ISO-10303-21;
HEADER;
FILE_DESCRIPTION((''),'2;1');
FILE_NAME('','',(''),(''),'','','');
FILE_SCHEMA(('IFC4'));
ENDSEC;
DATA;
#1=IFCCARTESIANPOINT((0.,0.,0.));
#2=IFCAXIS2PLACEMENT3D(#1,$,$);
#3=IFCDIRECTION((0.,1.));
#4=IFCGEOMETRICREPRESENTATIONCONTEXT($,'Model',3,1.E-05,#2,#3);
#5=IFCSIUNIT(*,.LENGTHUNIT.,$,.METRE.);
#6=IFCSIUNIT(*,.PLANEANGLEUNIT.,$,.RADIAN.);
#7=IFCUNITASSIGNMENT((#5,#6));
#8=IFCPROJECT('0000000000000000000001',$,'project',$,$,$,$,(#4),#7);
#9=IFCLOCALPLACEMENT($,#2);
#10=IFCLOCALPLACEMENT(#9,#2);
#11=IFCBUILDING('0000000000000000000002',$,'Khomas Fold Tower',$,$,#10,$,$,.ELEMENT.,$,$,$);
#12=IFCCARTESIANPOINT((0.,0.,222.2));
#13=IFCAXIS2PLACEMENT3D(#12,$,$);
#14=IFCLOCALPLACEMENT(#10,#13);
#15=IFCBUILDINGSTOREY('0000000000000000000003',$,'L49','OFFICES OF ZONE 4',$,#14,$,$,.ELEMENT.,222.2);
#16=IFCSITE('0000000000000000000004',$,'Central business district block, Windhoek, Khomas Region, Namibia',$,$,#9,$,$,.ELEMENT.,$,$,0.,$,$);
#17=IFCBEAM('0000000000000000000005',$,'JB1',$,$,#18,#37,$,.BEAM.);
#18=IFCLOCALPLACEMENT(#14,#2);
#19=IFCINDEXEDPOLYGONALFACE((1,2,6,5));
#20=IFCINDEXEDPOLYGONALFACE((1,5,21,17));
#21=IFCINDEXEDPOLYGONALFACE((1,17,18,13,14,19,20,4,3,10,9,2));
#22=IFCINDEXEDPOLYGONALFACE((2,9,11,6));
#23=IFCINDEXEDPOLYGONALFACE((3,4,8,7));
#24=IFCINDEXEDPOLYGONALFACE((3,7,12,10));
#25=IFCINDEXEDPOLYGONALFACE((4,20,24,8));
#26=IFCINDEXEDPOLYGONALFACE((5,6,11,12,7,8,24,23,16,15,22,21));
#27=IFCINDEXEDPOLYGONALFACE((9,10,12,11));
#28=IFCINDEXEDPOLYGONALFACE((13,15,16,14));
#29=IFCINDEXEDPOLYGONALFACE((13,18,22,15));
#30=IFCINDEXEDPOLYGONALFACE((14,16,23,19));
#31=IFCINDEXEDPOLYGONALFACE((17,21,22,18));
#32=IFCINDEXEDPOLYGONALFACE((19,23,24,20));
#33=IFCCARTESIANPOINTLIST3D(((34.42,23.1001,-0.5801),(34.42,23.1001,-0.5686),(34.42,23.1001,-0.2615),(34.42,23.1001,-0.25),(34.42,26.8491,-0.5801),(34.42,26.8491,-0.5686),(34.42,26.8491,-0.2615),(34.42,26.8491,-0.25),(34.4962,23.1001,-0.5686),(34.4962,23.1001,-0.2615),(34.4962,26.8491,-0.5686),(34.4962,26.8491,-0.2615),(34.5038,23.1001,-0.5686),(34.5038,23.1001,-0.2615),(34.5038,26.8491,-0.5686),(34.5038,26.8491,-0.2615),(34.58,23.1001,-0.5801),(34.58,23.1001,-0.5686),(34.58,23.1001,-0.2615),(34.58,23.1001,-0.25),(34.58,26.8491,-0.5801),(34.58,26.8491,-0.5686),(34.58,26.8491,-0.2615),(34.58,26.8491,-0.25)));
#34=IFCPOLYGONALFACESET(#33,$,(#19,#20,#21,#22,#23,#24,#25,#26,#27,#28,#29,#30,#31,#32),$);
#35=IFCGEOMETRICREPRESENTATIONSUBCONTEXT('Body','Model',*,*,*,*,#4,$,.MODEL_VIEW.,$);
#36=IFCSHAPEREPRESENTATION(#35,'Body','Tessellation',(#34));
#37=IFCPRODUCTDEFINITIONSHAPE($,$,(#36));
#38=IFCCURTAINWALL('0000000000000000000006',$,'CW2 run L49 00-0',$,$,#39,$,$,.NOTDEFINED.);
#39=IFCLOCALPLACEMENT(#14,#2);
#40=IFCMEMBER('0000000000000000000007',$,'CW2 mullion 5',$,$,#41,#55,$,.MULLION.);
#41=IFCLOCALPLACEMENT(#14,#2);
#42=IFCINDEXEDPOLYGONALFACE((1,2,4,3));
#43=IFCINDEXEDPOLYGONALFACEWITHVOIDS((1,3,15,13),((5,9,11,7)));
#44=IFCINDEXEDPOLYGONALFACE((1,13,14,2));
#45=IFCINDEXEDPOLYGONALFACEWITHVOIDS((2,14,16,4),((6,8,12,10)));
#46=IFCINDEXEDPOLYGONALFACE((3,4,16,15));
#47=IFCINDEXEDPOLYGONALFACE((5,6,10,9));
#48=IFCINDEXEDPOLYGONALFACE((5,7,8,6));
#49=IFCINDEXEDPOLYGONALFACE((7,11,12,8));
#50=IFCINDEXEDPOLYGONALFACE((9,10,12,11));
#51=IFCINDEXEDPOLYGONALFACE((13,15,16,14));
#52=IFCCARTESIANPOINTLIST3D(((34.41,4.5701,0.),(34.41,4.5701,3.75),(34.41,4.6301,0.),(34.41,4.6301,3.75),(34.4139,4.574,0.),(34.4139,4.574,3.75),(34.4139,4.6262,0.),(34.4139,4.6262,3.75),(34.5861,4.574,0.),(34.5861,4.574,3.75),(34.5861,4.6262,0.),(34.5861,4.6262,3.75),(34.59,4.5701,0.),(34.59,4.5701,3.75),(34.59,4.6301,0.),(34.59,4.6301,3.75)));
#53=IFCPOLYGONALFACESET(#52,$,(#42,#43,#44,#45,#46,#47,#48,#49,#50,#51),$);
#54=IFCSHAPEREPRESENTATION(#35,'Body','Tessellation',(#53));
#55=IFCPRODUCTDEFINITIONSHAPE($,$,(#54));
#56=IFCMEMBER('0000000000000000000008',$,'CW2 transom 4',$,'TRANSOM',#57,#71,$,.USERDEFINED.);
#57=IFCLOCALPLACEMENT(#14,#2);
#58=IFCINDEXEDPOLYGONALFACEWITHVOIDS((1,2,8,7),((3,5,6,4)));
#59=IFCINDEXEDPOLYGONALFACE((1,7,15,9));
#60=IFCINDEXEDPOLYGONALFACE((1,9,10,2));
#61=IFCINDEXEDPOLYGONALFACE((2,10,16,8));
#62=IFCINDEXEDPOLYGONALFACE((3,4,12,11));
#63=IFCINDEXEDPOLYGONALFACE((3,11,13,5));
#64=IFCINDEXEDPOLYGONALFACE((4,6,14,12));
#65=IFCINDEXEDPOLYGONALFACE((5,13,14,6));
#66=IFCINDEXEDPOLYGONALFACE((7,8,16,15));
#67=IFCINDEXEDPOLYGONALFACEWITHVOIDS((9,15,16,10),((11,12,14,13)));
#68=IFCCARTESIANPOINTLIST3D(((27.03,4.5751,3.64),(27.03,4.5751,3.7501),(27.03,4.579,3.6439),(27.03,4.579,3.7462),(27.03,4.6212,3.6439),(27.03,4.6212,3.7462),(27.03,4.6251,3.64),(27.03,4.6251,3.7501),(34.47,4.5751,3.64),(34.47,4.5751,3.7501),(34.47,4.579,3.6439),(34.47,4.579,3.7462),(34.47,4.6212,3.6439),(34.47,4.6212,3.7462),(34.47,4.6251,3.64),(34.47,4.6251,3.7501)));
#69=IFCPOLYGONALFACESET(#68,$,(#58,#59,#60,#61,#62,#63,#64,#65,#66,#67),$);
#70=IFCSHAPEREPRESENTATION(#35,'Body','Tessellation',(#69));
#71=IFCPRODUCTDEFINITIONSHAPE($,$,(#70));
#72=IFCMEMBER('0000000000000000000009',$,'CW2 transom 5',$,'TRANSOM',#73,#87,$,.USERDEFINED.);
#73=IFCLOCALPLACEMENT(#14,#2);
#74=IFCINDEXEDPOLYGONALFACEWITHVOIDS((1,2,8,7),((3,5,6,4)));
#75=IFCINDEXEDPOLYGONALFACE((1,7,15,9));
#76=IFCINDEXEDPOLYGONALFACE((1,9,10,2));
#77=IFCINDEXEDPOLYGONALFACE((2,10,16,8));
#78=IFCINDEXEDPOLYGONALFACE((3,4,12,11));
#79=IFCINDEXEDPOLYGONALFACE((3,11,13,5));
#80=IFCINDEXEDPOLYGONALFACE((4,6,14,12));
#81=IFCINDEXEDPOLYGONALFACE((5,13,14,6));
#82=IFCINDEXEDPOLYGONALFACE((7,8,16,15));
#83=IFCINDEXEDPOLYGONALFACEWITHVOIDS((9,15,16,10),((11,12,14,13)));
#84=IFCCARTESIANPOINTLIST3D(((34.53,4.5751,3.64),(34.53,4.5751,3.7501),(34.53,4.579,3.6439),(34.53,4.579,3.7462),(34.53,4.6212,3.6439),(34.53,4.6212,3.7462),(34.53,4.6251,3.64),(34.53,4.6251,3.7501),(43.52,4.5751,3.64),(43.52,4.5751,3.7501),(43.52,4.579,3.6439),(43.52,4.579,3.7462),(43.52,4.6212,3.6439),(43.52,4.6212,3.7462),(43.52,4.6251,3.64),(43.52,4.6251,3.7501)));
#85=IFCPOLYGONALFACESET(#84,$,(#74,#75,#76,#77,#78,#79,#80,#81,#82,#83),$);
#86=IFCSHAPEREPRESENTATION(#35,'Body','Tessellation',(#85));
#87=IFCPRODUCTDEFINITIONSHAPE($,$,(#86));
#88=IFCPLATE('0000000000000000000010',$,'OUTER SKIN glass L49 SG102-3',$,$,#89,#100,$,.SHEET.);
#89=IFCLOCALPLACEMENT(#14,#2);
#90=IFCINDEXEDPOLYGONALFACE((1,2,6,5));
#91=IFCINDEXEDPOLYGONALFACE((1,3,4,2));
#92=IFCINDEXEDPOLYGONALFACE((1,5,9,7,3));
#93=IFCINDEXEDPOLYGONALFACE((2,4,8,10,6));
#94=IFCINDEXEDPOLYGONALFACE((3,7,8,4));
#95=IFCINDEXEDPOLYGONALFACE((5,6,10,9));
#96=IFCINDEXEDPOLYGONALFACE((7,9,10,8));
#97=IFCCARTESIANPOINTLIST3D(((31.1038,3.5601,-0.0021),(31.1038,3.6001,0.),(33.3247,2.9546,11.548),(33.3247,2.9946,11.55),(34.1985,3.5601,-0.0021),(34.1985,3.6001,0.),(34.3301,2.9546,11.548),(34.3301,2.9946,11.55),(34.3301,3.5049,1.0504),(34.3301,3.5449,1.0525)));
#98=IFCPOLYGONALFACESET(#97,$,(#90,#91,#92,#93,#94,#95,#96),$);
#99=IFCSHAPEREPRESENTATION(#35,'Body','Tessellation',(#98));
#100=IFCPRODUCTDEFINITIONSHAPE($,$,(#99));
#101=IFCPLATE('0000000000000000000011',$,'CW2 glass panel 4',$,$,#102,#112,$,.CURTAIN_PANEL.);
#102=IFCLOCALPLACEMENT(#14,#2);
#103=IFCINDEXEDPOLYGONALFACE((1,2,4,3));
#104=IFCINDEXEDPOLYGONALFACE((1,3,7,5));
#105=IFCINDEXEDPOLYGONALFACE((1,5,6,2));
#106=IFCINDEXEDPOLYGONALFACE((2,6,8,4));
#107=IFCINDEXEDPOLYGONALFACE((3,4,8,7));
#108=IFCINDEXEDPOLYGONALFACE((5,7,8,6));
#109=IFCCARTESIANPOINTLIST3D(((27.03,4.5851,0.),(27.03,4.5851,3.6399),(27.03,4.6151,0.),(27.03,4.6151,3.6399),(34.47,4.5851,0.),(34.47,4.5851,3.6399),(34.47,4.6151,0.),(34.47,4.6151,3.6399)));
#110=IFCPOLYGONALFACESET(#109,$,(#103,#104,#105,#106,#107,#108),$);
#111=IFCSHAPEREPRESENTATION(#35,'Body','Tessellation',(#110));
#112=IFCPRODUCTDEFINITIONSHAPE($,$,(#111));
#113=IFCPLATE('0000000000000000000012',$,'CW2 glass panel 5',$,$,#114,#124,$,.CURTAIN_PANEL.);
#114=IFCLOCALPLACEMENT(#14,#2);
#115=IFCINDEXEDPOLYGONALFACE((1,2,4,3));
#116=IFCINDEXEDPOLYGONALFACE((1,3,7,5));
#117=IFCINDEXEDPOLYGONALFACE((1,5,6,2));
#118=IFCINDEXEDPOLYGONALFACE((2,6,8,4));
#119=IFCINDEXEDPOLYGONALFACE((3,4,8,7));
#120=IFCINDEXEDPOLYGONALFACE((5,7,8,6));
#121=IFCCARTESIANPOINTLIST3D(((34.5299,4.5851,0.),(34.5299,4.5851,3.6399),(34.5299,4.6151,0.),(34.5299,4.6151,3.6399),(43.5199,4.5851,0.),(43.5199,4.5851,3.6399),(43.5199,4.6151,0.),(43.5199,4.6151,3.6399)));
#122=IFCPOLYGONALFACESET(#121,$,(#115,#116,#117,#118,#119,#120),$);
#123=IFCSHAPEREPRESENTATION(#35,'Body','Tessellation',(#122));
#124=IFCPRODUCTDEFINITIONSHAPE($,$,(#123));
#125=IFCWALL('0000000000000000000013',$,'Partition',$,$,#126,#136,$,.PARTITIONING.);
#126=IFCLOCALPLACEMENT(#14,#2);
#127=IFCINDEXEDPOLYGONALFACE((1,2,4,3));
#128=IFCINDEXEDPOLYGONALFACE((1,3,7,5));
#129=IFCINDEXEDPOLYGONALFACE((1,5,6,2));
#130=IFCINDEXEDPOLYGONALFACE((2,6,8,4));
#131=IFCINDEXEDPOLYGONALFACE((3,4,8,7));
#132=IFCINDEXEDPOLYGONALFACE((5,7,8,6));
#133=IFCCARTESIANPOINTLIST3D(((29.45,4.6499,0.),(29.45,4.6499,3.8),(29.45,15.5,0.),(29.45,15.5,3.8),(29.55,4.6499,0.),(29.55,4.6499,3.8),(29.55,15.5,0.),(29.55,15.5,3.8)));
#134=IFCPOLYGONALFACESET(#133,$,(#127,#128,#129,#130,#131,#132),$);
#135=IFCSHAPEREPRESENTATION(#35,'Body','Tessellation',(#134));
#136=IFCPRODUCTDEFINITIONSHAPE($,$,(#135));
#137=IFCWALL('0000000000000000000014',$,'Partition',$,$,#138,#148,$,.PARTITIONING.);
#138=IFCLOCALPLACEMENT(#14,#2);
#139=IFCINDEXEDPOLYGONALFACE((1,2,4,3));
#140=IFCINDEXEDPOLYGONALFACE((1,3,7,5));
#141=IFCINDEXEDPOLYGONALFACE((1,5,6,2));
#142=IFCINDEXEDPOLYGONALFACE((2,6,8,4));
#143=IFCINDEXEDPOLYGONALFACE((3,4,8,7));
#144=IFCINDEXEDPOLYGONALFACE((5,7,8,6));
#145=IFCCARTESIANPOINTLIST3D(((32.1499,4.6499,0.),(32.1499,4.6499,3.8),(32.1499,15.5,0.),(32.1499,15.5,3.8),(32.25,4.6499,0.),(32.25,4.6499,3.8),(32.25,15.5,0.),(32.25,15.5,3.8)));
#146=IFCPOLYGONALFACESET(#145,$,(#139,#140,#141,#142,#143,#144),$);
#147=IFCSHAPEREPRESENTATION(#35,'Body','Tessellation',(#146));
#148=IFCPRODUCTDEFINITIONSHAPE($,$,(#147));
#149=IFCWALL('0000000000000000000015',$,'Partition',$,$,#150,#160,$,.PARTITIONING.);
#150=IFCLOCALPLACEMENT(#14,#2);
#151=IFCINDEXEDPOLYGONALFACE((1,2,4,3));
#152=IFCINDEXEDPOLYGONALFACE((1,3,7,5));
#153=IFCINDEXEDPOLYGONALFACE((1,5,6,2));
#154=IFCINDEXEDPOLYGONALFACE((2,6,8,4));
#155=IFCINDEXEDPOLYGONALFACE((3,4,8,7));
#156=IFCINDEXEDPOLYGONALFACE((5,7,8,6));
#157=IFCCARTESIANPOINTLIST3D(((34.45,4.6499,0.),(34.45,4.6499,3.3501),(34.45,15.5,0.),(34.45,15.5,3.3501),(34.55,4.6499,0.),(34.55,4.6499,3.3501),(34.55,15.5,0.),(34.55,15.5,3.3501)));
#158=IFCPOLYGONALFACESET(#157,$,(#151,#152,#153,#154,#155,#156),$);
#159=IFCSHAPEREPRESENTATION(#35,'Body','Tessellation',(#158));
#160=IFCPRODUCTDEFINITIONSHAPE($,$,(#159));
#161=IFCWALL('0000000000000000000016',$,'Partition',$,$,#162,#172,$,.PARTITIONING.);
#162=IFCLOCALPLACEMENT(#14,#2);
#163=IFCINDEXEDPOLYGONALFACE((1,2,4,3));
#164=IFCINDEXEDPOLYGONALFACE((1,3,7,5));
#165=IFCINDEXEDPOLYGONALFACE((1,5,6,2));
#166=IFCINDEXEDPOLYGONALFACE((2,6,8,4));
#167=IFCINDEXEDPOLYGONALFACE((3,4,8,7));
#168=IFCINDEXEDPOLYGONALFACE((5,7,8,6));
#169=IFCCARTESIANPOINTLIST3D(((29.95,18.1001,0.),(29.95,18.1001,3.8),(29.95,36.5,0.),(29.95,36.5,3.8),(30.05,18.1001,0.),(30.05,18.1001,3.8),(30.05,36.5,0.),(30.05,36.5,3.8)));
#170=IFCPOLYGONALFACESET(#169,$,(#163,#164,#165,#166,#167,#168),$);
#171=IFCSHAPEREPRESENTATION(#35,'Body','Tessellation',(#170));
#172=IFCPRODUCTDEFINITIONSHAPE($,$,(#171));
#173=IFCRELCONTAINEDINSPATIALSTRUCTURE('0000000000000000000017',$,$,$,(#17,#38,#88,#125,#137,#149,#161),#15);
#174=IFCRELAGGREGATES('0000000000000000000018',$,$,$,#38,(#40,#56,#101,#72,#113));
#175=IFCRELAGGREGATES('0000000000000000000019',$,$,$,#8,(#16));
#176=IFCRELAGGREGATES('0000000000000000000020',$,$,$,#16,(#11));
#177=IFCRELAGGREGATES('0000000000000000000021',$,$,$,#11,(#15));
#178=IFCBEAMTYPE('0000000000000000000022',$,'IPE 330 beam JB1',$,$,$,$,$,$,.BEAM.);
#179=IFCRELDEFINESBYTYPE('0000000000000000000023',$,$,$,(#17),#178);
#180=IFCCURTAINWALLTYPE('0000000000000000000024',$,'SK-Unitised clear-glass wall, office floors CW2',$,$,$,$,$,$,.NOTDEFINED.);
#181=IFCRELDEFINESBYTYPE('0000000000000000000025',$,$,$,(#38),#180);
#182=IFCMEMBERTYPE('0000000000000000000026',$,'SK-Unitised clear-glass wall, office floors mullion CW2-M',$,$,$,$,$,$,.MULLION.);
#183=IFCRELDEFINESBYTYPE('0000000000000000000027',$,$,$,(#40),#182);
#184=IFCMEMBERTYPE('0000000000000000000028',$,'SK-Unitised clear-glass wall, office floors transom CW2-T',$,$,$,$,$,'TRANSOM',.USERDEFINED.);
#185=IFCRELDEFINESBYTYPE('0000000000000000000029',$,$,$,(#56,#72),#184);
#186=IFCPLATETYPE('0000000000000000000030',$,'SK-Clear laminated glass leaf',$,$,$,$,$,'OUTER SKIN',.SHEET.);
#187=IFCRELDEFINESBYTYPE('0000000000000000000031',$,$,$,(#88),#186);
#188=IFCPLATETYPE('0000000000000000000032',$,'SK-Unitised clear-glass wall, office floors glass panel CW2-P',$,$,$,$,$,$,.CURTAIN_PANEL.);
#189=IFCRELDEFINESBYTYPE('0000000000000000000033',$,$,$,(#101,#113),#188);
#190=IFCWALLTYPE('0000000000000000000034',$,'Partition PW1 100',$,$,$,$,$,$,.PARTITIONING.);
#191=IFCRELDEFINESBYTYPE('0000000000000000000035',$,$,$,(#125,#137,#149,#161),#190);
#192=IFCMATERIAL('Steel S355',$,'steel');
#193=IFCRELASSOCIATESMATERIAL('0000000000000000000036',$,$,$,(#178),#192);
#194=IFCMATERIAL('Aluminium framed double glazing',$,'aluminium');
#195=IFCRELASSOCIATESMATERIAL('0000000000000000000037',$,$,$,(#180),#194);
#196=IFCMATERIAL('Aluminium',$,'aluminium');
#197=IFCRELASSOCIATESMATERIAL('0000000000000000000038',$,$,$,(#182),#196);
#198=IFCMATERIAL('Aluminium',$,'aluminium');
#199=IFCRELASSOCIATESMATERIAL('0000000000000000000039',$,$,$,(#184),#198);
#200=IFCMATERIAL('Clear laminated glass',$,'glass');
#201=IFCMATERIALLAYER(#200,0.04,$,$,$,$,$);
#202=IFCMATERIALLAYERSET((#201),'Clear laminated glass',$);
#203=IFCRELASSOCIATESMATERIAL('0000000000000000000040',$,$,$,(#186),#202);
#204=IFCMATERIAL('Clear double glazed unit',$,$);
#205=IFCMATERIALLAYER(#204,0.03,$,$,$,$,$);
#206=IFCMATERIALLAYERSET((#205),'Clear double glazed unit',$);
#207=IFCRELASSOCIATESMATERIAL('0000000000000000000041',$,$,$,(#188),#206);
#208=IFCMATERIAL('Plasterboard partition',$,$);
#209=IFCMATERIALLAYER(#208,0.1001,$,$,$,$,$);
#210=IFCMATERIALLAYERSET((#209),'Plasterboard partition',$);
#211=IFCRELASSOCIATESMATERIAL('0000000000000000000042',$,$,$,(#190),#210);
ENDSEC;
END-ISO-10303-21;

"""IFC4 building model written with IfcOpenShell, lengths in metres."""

from ifc_helpers import new_model, si_unit, direction, frame, frame_2d, origin, origin_2d, place, context, subcontext, project, spatial, polyline, rectangle, hollow_rectangle, i_section, outline, extrude, source, transform, mapped, material, layer, layer_set, material_profile, profile_set, type_object, element, aggregate, save


model = new_model("IFC4")

# Units and contexts
model_context = context("Model", 3, precision=1e-05, world=origin(), true_north=direction((0.0, 1.0)))
body_context = subcontext(model_context, "Body", "Model", "MODEL_VIEW")
ifc_project = project(units=[si_unit("LENGTHUNIT", "METRE"), si_unit("PLANEANGLEUNIT", "RADIAN")], contexts=[model_context])

# Site, building, storey
site_placement = place(None, origin())
site = spatial("IfcSite", under=ifc_project, at=site_placement, Name="Central business district block, Windhoek, Khomas Region, Namibia", CompositionType="ELEMENT", RefElevation=0.0)
building_placement = place(site_placement, origin())
building = spatial("IfcBuilding", under=site, at=building_placement, Name="Khomas Fold Tower", CompositionType="ELEMENT")
storey_placement = place(building_placement, frame((0.0, 0.0, 222.2)))
storey = spatial("IfcBuildingStorey", under=building, at=storey_placement, Name="L49", Description="OFFICES OF ZONE 4", CompositionType="ELEMENT", Elevation=222.2)

# Beam
ifc_material_1 = material(Name="Steel S355", Category="steel")
ifc_material_profile_1 = material_profile(ifc_material_1, i_section(OverallWidth=0.1599, OverallDepth=0.3301, WebThickness=0.0076, FlangeThickness=0.0115, at=origin_2d()), Name="IPE 330")
ifc_profile_set_1 = profile_set([ifc_material_profile_1], Name="Steel S355")
beam_type_1 = type_object("IfcBeamType", Name="IPE 330 beam JB1", PredefinedType="BEAM", material=ifc_profile_set_1)
shared_shape_1 = source(origin(), body_context, "Body", "SweptSolid", [
    extrude(i_section(OverallWidth=0.1599, OverallDepth=0.3301, WebThickness=0.0076, FlangeThickness=0.0115, at=origin_2d()), origin(), (0.0, 0.0, 1.0), 3.749),
])
beam_1_placement = place(storey_placement, frame((34.5, 23.1001, -0.415), z_axis=(0.0, 1.0, 0.0), x_axis=(-1.0, 0.0, 0.0)))
element("IfcBeam", 1, at=beam_1_placement, inside=storey, type_object=beam_type_1, Name="JB1", PredefinedType="BEAM", context=body_context, shape_type="MappedRepresentation", body=[
    mapped(shared_shape_1, transform((0.0, 0.0, 0.0))),
])

# Curtain wall, members
ifc_material_2 = material(Name="Aluminium framed double glazing", Category="aluminium")
curtain_wall_type = type_object("IfcCurtainWallType", Name="SK-Unitised clear-glass wall, office floors CW2", PredefinedType="NOTDEFINED", material=ifc_material_2)
curtain_wall_placement = place(storey_placement, origin())
curtain_wall = element("IfcCurtainWall", 2, at=curtain_wall_placement, inside=storey, type_object=curtain_wall_type, Name="CW2 run L49 00-0", PredefinedType="NOTDEFINED")
ifc_material_3 = material(Name="Aluminium", Category="aluminium")
ifc_material_profile_2 = material_profile(ifc_material_3, hollow_rectangle(XDim=0.0601, YDim=0.1799, WallThickness=0.0039, at=origin_2d()), Name="SK-Unitised clear-glass wall, office floors mullion CW2-M")
ifc_profile_set_2 = profile_set([ifc_material_profile_2], Name="Aluminium")
member_type_1 = type_object("IfcMemberType", Name="SK-Unitised clear-glass wall, office floors mullion CW2-M", PredefinedType="MULLION", material=ifc_profile_set_2)
shared_shape_2 = source(origin(), body_context, "Body", "SweptSolid", [
    extrude(hollow_rectangle(XDim=0.0601, YDim=0.1799, WallThickness=0.0039, at=origin_2d()), origin(), (0.0, 0.0, 1.0), 3.75),
])
member_1_placement = place(storey_placement, frame((34.5, 4.6001, 0.0), z_axis=(0.0, 0.0, 1.0), x_axis=(0.0, 1.0, 0.0)))
member_1 = element("IfcMember", 3, at=member_1_placement, type_object=member_type_1, Name="CW2 mullion 5", PredefinedType="MULLION", context=body_context, shape_type="MappedRepresentation", body=[
    mapped(shared_shape_2, transform((0.0, 0.0, 0.0))),
])
ifc_material_4 = material(Name="Aluminium", Category="aluminium")
ifc_material_profile_3 = material_profile(ifc_material_4, hollow_rectangle(XDim=0.05, YDim=0.1101, WallThickness=0.0039, at=origin_2d()), Name="SK-Unitised clear-glass wall, office floors transom CW2-T")
ifc_profile_set_3 = profile_set([ifc_material_profile_3], Name="Aluminium")
member_type_2 = type_object("IfcMemberType", Name="SK-Unitised clear-glass wall, office floors transom CW2-T", ElementType="TRANSOM", PredefinedType="USERDEFINED", material=ifc_profile_set_3)
shared_shape_3 = source(origin(), body_context, "Body", "SweptSolid", [
    extrude(hollow_rectangle(XDim=0.05, YDim=0.1101, WallThickness=0.0039, at=origin_2d()), origin(), (0.0, 0.0, 1.0), 7.4399),
])
member_2_placement = place(storey_placement, frame((27.03, 4.6001, 3.6951), z_axis=(1.0, 0.0, 0.0), x_axis=(0.0, 1.0, 0.0)))
member_2 = element("IfcMember", 4, at=member_2_placement, type_object=member_type_2, Name="CW2 transom 4", ObjectType="TRANSOM", PredefinedType="USERDEFINED", context=body_context, shape_type="MappedRepresentation", body=[
    mapped(shared_shape_3, transform((0.0, 0.0, 0.0))),
])
shared_shape_4 = source(origin(), body_context, "Body", "SweptSolid", [
    extrude(hollow_rectangle(XDim=0.05, YDim=0.1101, WallThickness=0.0039, at=origin_2d()), origin(), (0.0, 0.0, 1.0), 8.99),
])
member_3_placement = place(storey_placement, frame((34.53, 4.6001, 3.6951), z_axis=(1.0, 0.0, 0.0), x_axis=(0.0, 1.0, 0.0)))
member_3 = element("IfcMember", 5, at=member_3_placement, type_object=member_type_2, Name="CW2 transom 5", ObjectType="TRANSOM", PredefinedType="USERDEFINED", context=body_context, shape_type="MappedRepresentation", body=[
    mapped(shared_shape_4, transform((0.0, 0.0, 0.0))),
])

# Plates
ifc_material_5 = material(Name="Clear laminated glass", Category="glass")
ifc_layer_1 = layer(ifc_material_5, 0.04)
ifc_layer_set_1 = layer_set([ifc_layer_1], Name="Clear laminated glass")
plate_type_1 = type_object("IfcPlateType", Name="SK-Clear laminated glass leaf", ElementType="OUTER SKIN", PredefinedType="SHEET", material=ifc_layer_set_1)
plate_1_placement = place(storey_placement, frame((34.1985, 3.6001, 0.0), z_axis=(0.000001, 0.998629, 0.052349), x_axis=(-1.0, 0.000001, 0.0)))
element("IfcPlate", 6, at=plate_1_placement, inside=storey, type_object=plate_type_1, Name="OUTER SKIN glass L49 SG102-3", PredefinedType="SHEET", context=body_context, shape_type="SweptSolid", body=[
    extrude(outline(polyline([(0.0, 0.0), (3.0947, 0.0), (0.8738, 11.5659), (-0.1316, 11.5659), (-0.1316, 1.0539), (0.0, 0.0)])), origin(), (0.0, 0.0, -1.0), 0.04),
])
ifc_material_6 = material(Name="Clear double glazed unit")
ifc_layer_2 = layer(ifc_material_6, 0.03)
ifc_layer_set_2 = layer_set([ifc_layer_2], Name="Clear double glazed unit")
plate_type_2 = type_object("IfcPlateType", Name="SK-Unitised clear-glass wall, office floors glass panel CW2-P", PredefinedType="CURTAIN_PANEL", material=ifc_layer_set_2)
shared_shape_5 = source(origin(), body_context, "Body", "SweptSolid", [
    extrude(rectangle(XDim=7.4399, YDim=0.03, at=origin_2d()), origin(), (0.0, 0.0, 1.0), 3.6399),
])
plate_2_placement = place(storey_placement, frame((30.75, 4.6001, 0.0), z_axis=(0.0, 0.0, 1.0), x_axis=(1.0, 0.0, 0.0)))
plate_2 = element("IfcPlate", 7, at=plate_2_placement, type_object=plate_type_2, Name="CW2 glass panel 4", PredefinedType="CURTAIN_PANEL", context=body_context, shape_type="MappedRepresentation", body=[
    mapped(shared_shape_5, transform((0.0, 0.0, 0.0))),
])
shared_shape_6 = source(origin(), body_context, "Body", "SweptSolid", [
    extrude(rectangle(XDim=8.99, YDim=0.03, at=origin_2d()), origin(), (0.0, 0.0, 1.0), 3.6399),
])
plate_3_placement = place(storey_placement, frame((39.0249, 4.6001, 0.0), z_axis=(0.0, 0.0, 1.0), x_axis=(1.0, 0.0, 0.0)))
plate_3 = element("IfcPlate", 8, at=plate_3_placement, type_object=plate_type_2, Name="CW2 glass panel 5", PredefinedType="CURTAIN_PANEL", context=body_context, shape_type="MappedRepresentation", body=[
    mapped(shared_shape_6, transform((0.0, 0.0, 0.0))),
])
aggregate(curtain_wall, [member_1, member_2, plate_2, member_3, plate_3])

# Walls
ifc_material_7 = material(Name="Plasterboard partition")
ifc_layer_3 = layer(ifc_material_7, 0.1001)
ifc_layer_set_3 = layer_set([ifc_layer_3], Name="Plasterboard partition")
wall_type = type_object("IfcWallType", Name="Partition PW1 100", PredefinedType="PARTITIONING", material=ifc_layer_set_3)
shared_shape_7 = source(origin(), body_context, "Body", "SweptSolid", [
    extrude(rectangle(XDim=10.8501, YDim=0.1001, at=frame_2d((5.425, 0.0))), origin(), (0.0, 0.0, 1.0), 3.8),
])
for number, where, z_axis, x_axis, name in (
    (9, (29.5, 4.6499, 0.0), (0.0, 0.0, 1.0), (0.0, 1.0, 0.0), "Partition"),
    (10, (32.2, 4.6499, 0.0), (0.0, 0.0, 1.0), (0.0, 1.0, 0.0), "Partition"),
):
    element("IfcWall", number, at=place(storey_placement, frame(where, z_axis=z_axis, x_axis=x_axis)), inside=storey, type_object=wall_type, Name=name, PredefinedType="PARTITIONING", context=body_context, shape_type="MappedRepresentation", body=[
        mapped(shared_shape_7, transform((0.0, 0.0, 0.0))),
    ])
shared_shape_8 = source(origin(), body_context, "Body", "SweptSolid", [
    extrude(rectangle(XDim=10.8501, YDim=0.1001, at=frame_2d((5.425, 0.0))), origin(), (0.0, 0.0, 1.0), 3.3501),
])
wall_placement = place(storey_placement, frame((34.5, 4.6499, 0.0), z_axis=(0.0, 0.0, 1.0), x_axis=(0.0, 1.0, 0.0)))
element("IfcWall", 11, at=wall_placement, inside=storey, type_object=wall_type, Name="Partition", PredefinedType="PARTITIONING", context=body_context, shape_type="MappedRepresentation", body=[
    mapped(shared_shape_8, transform((0.0, 0.0, 0.0))),
])
shared_shape_9 = source(origin(), body_context, "Body", "SweptSolid", [
    extrude(rectangle(XDim=18.3999, YDim=0.1001, at=frame_2d((9.2, 0.0))), origin(), (0.0, 0.0, 1.0), 3.8),
])
for number, where, z_axis, x_axis, name in (
    (12, (30.0, 18.1001, 0.0), (0.0, 0.0, 1.0), (0.0, 1.0, 0.0), "Partition"),
):
    element("IfcWall", number, at=place(storey_placement, frame(where, z_axis=z_axis, x_axis=x_axis)), inside=storey, type_object=wall_type, Name=name, PredefinedType="PARTITIONING", context=body_context, shape_type="MappedRepresentation", body=[
        mapped(shared_shape_9, transform((0.0, 0.0, 0.0))),
    ])

save(model, "model.ifc")
